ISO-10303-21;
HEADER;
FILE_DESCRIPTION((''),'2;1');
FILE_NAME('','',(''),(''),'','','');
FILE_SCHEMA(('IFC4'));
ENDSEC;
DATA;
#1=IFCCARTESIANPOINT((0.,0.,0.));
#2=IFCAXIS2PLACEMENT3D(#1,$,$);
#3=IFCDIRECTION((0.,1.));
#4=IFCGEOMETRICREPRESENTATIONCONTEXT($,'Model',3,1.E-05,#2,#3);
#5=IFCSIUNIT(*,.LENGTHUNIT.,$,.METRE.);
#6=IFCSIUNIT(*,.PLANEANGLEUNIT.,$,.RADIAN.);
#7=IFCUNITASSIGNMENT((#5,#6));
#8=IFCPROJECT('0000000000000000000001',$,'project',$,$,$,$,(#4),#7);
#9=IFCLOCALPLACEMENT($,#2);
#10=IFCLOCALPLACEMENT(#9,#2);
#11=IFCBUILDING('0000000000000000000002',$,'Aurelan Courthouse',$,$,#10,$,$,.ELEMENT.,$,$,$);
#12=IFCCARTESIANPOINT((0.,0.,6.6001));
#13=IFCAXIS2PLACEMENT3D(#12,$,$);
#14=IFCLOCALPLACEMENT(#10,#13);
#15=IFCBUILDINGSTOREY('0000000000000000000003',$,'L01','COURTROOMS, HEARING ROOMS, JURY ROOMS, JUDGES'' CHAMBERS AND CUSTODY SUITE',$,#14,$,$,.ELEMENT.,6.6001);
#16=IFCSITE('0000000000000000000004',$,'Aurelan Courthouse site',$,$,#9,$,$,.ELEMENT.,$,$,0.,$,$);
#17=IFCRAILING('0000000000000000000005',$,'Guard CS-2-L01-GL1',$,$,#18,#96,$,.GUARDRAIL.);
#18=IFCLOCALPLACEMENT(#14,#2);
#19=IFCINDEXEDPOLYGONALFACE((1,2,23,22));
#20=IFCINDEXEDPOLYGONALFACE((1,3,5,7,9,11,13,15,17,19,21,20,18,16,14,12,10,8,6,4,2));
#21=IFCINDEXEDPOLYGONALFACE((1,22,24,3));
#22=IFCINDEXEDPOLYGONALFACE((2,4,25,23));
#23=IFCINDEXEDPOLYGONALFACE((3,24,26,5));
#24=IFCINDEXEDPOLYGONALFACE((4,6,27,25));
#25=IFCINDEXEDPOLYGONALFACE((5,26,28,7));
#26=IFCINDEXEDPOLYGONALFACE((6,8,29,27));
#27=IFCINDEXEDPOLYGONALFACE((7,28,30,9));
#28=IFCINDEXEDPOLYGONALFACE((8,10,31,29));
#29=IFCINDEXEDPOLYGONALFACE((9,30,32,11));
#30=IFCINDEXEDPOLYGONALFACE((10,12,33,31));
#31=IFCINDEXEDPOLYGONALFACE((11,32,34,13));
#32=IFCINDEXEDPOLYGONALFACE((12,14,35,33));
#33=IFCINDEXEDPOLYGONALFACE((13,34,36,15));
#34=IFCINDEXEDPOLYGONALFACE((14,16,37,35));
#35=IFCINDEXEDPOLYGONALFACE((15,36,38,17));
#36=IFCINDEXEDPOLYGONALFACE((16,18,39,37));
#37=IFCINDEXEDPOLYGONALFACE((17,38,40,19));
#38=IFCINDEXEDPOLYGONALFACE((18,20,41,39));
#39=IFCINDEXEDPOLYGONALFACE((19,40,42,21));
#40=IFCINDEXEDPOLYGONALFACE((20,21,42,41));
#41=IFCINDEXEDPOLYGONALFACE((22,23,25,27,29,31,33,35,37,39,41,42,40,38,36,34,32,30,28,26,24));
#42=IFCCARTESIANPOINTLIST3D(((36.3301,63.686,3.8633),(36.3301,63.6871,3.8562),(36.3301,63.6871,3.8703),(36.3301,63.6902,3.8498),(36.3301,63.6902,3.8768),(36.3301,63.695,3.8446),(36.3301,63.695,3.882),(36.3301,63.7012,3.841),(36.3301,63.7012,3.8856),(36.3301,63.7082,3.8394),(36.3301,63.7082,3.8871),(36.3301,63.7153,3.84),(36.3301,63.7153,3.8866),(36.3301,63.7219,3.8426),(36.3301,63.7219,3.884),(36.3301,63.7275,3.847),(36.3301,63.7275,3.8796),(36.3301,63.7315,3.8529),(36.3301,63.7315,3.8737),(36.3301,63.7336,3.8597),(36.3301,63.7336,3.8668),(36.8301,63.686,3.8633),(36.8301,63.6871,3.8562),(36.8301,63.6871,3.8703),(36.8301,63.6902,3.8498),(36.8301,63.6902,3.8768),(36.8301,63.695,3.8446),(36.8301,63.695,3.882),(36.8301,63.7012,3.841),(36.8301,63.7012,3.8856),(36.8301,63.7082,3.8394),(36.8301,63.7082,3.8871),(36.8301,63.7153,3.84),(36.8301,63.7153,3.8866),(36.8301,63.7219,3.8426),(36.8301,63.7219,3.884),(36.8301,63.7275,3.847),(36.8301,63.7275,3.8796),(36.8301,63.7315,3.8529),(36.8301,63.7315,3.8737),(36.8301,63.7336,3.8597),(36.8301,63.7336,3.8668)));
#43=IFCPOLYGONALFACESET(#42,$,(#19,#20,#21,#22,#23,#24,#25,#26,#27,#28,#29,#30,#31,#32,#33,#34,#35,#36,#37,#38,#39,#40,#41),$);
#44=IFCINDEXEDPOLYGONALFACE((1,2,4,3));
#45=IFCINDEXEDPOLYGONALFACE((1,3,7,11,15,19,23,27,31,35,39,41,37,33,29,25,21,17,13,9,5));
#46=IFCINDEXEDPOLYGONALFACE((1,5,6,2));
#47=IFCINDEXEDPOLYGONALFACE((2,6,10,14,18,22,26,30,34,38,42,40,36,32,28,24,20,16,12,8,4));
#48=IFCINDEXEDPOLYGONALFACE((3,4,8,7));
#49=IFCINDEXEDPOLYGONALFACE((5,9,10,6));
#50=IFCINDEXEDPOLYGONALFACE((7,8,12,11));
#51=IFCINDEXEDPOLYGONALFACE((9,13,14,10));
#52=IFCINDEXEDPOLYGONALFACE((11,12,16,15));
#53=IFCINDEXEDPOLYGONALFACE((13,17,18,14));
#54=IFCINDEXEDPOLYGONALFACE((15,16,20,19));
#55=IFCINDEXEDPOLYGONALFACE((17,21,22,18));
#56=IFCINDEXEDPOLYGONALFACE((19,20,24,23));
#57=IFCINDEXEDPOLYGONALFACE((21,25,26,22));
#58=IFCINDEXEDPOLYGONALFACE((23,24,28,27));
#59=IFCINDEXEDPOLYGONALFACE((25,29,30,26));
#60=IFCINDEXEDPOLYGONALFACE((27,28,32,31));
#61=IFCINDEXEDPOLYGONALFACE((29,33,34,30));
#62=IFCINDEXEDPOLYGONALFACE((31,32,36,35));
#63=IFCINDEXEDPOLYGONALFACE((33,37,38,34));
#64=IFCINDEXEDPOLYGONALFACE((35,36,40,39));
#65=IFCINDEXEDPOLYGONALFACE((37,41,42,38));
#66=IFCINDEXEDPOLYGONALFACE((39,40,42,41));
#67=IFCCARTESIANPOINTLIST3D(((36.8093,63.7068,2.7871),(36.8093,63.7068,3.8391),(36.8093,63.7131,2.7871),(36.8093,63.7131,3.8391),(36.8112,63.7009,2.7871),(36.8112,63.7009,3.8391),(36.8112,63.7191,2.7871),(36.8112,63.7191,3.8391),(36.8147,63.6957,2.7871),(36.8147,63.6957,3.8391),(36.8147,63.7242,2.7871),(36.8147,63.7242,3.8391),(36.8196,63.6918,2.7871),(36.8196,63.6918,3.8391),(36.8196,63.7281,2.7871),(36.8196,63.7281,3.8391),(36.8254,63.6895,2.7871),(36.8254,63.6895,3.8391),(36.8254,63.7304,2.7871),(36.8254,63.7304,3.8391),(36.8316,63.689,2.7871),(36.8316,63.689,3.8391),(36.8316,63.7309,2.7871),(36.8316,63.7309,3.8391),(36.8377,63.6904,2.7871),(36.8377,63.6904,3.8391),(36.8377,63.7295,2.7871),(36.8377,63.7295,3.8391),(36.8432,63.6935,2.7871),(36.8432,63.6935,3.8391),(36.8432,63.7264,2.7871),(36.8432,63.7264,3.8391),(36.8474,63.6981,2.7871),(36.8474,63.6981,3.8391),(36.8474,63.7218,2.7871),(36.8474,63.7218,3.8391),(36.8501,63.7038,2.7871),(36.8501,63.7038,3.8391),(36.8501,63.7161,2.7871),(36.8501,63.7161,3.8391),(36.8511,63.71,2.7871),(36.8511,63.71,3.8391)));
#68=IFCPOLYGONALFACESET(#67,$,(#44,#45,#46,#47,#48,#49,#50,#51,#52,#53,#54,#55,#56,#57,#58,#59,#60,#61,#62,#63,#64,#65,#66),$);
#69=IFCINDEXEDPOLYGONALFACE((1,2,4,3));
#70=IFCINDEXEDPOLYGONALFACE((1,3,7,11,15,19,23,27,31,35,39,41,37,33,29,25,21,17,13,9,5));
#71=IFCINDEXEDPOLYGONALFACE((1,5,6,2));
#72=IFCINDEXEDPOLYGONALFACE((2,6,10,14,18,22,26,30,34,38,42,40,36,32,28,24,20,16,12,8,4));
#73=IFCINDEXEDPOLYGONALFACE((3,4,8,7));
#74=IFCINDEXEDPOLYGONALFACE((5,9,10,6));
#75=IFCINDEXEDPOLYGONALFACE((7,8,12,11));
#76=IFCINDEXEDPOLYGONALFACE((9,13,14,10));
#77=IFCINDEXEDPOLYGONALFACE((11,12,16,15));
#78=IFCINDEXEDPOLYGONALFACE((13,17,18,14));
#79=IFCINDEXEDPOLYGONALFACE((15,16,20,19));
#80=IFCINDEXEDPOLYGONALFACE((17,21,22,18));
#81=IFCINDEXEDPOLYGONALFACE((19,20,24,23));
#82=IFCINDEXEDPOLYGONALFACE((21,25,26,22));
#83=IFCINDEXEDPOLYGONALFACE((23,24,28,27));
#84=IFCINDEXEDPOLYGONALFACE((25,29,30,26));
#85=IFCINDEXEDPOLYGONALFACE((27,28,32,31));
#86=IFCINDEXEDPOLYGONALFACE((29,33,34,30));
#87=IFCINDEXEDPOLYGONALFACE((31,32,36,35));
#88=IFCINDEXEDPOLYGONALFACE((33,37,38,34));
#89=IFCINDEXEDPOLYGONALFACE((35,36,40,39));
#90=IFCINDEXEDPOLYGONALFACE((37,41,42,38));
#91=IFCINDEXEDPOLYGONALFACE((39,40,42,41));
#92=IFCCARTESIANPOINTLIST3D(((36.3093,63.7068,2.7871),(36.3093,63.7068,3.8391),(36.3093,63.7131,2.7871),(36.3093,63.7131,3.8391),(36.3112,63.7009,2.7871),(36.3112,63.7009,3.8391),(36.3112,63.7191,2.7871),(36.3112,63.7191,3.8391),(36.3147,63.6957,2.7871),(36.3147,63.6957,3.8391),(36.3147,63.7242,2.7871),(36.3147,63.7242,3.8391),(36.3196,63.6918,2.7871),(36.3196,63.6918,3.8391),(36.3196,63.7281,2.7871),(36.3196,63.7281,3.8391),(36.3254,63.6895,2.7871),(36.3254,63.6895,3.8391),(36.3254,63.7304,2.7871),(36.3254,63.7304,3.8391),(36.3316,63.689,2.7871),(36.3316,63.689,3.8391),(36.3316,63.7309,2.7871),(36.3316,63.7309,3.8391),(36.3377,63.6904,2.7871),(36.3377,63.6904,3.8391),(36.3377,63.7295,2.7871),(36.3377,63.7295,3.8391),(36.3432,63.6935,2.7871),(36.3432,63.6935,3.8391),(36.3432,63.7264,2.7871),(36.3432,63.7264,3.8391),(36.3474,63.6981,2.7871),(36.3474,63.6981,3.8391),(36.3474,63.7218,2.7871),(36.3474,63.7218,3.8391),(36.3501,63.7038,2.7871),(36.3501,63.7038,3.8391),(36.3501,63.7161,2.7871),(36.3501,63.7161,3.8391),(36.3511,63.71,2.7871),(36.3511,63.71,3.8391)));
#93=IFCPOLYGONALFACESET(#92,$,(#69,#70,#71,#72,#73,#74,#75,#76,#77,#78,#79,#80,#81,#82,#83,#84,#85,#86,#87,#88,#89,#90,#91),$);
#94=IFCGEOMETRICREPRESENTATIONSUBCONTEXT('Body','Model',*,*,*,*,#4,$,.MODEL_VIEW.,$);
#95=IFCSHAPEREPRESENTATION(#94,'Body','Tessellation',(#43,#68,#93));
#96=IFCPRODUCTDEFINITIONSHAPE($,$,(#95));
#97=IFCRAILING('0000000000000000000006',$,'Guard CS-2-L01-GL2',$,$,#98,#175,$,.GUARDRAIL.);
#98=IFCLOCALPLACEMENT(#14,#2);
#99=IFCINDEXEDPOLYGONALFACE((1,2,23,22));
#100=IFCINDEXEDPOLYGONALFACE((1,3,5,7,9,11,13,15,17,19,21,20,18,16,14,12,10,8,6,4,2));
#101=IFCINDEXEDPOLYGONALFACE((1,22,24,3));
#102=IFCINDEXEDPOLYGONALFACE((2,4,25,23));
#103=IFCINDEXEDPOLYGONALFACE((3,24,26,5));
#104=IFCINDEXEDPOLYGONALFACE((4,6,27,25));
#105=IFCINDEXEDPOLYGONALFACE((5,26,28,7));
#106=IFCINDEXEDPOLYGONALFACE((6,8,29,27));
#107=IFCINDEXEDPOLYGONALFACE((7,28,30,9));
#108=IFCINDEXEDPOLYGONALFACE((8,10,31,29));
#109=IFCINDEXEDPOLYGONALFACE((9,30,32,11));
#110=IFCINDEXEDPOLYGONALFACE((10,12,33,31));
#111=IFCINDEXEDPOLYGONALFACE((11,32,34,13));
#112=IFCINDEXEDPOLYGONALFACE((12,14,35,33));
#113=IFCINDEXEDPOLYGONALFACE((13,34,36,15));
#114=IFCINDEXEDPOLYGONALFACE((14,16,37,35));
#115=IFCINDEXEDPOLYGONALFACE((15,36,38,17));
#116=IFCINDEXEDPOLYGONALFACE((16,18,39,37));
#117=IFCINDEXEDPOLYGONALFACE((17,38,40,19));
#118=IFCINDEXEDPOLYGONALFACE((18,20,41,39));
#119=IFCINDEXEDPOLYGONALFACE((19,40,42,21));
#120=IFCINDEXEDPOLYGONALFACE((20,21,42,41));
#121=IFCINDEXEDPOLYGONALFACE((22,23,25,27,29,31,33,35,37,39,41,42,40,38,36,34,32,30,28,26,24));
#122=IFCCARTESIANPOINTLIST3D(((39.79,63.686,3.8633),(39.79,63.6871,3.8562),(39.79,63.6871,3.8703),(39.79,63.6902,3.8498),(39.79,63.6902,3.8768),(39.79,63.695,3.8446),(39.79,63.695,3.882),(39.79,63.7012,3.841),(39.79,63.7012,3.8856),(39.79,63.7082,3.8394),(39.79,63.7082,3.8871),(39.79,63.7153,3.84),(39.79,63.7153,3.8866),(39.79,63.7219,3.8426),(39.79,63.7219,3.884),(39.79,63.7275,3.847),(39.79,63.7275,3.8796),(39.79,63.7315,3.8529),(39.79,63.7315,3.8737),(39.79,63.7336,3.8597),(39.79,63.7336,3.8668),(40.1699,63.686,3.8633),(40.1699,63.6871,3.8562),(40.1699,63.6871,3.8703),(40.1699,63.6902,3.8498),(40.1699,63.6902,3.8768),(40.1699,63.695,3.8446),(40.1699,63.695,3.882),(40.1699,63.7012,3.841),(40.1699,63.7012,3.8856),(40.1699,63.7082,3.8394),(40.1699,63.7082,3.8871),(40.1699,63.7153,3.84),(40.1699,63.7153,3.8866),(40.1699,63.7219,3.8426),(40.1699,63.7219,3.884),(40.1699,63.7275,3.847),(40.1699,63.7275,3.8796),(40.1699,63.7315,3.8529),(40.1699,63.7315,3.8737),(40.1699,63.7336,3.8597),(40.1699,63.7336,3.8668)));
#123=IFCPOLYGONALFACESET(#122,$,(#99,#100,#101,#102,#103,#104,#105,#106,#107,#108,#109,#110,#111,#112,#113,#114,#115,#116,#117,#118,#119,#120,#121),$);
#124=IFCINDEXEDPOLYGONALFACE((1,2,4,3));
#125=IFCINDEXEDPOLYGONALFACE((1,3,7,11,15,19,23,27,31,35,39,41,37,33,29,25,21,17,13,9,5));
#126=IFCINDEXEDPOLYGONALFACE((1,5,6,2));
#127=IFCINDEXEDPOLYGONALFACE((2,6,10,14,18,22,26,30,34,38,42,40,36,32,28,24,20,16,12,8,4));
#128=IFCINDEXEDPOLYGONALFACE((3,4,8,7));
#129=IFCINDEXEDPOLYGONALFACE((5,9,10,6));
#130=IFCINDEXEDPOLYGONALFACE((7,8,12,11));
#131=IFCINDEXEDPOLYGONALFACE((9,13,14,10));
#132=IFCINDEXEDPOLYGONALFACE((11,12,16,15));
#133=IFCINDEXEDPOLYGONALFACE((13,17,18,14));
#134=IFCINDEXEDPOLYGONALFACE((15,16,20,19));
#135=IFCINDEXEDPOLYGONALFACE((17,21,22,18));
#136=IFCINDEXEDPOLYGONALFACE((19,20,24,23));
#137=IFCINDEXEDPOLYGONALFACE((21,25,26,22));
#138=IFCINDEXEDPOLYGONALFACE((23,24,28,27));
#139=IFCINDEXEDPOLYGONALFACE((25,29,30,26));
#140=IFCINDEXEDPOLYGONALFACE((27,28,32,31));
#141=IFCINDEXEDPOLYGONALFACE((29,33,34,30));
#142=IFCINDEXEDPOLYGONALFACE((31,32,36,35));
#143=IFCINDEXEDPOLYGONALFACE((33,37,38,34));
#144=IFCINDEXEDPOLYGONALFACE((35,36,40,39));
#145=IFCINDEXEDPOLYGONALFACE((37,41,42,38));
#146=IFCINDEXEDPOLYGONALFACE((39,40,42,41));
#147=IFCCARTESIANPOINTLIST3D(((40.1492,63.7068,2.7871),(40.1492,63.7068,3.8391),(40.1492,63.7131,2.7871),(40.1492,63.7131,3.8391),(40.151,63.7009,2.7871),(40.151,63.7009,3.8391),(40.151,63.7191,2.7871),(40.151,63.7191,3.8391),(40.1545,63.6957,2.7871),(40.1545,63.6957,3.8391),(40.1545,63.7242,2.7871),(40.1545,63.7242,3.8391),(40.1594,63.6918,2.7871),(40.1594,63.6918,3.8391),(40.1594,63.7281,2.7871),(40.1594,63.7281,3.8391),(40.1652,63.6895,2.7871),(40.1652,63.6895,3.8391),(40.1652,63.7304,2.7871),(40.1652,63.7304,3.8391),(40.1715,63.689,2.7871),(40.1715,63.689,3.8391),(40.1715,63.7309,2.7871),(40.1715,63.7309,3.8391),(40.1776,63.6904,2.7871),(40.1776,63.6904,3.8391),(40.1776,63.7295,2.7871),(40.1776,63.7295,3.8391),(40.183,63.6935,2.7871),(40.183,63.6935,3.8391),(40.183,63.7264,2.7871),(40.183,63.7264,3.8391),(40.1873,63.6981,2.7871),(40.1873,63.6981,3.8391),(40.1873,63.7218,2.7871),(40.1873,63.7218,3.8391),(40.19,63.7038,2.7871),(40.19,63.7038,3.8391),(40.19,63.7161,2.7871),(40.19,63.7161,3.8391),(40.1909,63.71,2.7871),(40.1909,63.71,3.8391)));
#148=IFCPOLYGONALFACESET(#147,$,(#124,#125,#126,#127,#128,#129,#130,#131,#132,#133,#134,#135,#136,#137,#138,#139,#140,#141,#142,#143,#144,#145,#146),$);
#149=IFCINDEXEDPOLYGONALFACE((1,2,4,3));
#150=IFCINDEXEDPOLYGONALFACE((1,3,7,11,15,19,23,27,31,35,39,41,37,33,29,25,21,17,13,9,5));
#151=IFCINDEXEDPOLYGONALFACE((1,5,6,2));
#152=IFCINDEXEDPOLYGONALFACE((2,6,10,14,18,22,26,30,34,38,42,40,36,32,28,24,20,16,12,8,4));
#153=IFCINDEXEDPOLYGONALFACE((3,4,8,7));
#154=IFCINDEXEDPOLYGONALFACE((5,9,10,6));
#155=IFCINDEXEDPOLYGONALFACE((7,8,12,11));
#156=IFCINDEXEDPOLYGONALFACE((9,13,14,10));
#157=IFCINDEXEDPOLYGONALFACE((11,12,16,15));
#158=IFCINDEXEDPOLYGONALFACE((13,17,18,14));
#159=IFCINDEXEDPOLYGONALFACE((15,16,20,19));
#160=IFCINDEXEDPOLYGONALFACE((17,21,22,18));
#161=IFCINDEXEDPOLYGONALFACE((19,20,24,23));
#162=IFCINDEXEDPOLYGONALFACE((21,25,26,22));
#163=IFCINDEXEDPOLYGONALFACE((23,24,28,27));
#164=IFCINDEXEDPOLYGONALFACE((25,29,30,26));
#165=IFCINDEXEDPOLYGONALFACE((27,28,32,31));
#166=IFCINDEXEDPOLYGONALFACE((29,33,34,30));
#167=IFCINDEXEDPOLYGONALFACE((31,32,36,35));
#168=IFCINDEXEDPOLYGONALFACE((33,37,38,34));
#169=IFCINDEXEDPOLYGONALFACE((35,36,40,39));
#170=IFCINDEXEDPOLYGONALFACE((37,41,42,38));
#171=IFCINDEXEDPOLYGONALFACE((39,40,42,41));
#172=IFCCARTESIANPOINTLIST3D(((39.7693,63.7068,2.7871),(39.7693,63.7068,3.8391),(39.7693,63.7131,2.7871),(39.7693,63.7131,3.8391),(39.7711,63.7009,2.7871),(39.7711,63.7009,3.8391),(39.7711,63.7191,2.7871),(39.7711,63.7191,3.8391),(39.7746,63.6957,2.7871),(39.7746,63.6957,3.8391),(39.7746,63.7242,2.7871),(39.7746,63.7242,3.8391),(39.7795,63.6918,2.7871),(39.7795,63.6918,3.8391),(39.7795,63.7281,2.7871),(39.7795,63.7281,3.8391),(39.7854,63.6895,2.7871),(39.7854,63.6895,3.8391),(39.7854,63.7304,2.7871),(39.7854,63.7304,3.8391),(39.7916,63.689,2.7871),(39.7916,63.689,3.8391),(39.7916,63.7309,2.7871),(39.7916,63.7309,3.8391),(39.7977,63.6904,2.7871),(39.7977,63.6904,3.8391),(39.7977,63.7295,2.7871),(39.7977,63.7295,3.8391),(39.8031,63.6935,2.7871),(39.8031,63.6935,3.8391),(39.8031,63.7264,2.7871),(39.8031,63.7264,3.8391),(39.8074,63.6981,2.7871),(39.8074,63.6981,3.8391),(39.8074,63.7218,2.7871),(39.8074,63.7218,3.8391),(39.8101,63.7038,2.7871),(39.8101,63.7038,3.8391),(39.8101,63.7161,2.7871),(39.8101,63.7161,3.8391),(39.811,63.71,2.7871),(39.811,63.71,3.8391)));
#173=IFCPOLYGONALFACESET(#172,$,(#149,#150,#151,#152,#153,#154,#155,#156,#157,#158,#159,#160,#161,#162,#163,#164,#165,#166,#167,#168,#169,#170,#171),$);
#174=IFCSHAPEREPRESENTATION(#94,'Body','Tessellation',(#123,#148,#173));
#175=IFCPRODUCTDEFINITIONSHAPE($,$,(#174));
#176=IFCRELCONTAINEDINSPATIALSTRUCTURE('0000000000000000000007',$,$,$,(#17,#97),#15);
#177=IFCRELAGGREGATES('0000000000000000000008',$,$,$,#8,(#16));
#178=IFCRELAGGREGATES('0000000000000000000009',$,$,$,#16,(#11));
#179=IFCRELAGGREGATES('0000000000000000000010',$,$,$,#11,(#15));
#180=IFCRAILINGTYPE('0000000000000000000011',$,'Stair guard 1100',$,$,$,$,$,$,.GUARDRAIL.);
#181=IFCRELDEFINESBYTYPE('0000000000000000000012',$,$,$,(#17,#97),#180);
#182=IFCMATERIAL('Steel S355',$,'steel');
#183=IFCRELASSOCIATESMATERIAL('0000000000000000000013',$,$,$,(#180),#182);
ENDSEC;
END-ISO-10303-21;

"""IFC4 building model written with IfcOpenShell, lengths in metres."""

from ifc_helpers import new_model, si_unit, direction, frame, origin, origin_2d, place, context, subcontext, project, spatial, circle, extrude, material, type_object, element, save


model = new_model("IFC4")

# Units and contexts
model_context = context("Model", 3, precision=1e-05, world=origin(), true_north=direction((0.0, 1.0)))
body_context = subcontext(model_context, "Body", "Model", "MODEL_VIEW")
ifc_project = project(units=[si_unit("LENGTHUNIT", "METRE"), si_unit("PLANEANGLEUNIT", "RADIAN")], contexts=[model_context])

# Site, building, storey
site_placement = place(None, origin())
site = spatial("IfcSite", under=ifc_project, at=site_placement, Name="Aurelan Courthouse site", CompositionType="ELEMENT", RefElevation=0.0)
building_placement = place(site_placement, origin())
building = spatial("IfcBuilding", under=site, at=building_placement, Name="Aurelan Courthouse", CompositionType="ELEMENT")
storey_placement = place(building_placement, frame((0.0, 0.0, 6.6001)))
storey = spatial("IfcBuildingStorey", under=building, at=storey_placement, Name="L01", Description="COURTROOMS, HEARING ROOMS, JURY ROOMS, JUDGES' CHAMBERS AND CUSTODY SUITE", CompositionType="ELEMENT", Elevation=6.6001)

# Railings
ifc_material_1 = material(Name="Steel S355", Category="steel")
railing_type_1 = type_object("IfcRailingType", Name="Stair guard 1100", PredefinedType="GUARDRAIL", material=ifc_material_1)
railing_1_placement = place(storey_placement, frame((36.8301, 63.71, 2.7871)))
element("IfcRailing", 1, at=railing_1_placement, inside=storey, type_object=railing_type_1, Name="Guard CS-2-L01-GL1", PredefinedType="GUARDRAIL", context=body_context, shape_type="SweptSolid", body=[
    extrude(circle(Radius=0.0239, at=origin_2d()), frame((0.0, 0.0, 1.0762), z_axis=(-1.0, 0.0, 0.0), x_axis=(0.0, -1.0, 0.0)), (0.0, 0.0, 1.0), 0.5),
    extrude(circle(Radius=0.021, at=origin_2d()), origin(), (0.0, 0.0, 1.0), 1.052),
    extrude(circle(Radius=0.021, at=origin_2d()), frame((-0.5, 0.0, 0.0)), (0.0, 0.0, 1.0), 1.052),
])
railing_2_placement = place(storey_placement, frame((40.1699, 63.71, 2.7871)))
element("IfcRailing", 2, at=railing_2_placement, inside=storey, type_object=railing_type_1, Name="Guard CS-2-L01-GL2", PredefinedType="GUARDRAIL", context=body_context, shape_type="SweptSolid", body=[
    extrude(circle(Radius=0.0239, at=origin_2d()), frame((0.0, 0.0, 1.0762), z_axis=(-1.0, 0.0, 0.0), x_axis=(0.0, -1.0, 0.0)), (0.0, 0.0, 1.0), 0.3799),
    extrude(circle(Radius=0.021, at=origin_2d()), origin(), (0.0, 0.0, 1.0), 1.052),
    extrude(circle(Radius=0.021, at=origin_2d()), frame((-0.3799, 0.0, 0.0)), (0.0, 0.0, 1.0), 1.052),
])

save(model, "model.ifc")
